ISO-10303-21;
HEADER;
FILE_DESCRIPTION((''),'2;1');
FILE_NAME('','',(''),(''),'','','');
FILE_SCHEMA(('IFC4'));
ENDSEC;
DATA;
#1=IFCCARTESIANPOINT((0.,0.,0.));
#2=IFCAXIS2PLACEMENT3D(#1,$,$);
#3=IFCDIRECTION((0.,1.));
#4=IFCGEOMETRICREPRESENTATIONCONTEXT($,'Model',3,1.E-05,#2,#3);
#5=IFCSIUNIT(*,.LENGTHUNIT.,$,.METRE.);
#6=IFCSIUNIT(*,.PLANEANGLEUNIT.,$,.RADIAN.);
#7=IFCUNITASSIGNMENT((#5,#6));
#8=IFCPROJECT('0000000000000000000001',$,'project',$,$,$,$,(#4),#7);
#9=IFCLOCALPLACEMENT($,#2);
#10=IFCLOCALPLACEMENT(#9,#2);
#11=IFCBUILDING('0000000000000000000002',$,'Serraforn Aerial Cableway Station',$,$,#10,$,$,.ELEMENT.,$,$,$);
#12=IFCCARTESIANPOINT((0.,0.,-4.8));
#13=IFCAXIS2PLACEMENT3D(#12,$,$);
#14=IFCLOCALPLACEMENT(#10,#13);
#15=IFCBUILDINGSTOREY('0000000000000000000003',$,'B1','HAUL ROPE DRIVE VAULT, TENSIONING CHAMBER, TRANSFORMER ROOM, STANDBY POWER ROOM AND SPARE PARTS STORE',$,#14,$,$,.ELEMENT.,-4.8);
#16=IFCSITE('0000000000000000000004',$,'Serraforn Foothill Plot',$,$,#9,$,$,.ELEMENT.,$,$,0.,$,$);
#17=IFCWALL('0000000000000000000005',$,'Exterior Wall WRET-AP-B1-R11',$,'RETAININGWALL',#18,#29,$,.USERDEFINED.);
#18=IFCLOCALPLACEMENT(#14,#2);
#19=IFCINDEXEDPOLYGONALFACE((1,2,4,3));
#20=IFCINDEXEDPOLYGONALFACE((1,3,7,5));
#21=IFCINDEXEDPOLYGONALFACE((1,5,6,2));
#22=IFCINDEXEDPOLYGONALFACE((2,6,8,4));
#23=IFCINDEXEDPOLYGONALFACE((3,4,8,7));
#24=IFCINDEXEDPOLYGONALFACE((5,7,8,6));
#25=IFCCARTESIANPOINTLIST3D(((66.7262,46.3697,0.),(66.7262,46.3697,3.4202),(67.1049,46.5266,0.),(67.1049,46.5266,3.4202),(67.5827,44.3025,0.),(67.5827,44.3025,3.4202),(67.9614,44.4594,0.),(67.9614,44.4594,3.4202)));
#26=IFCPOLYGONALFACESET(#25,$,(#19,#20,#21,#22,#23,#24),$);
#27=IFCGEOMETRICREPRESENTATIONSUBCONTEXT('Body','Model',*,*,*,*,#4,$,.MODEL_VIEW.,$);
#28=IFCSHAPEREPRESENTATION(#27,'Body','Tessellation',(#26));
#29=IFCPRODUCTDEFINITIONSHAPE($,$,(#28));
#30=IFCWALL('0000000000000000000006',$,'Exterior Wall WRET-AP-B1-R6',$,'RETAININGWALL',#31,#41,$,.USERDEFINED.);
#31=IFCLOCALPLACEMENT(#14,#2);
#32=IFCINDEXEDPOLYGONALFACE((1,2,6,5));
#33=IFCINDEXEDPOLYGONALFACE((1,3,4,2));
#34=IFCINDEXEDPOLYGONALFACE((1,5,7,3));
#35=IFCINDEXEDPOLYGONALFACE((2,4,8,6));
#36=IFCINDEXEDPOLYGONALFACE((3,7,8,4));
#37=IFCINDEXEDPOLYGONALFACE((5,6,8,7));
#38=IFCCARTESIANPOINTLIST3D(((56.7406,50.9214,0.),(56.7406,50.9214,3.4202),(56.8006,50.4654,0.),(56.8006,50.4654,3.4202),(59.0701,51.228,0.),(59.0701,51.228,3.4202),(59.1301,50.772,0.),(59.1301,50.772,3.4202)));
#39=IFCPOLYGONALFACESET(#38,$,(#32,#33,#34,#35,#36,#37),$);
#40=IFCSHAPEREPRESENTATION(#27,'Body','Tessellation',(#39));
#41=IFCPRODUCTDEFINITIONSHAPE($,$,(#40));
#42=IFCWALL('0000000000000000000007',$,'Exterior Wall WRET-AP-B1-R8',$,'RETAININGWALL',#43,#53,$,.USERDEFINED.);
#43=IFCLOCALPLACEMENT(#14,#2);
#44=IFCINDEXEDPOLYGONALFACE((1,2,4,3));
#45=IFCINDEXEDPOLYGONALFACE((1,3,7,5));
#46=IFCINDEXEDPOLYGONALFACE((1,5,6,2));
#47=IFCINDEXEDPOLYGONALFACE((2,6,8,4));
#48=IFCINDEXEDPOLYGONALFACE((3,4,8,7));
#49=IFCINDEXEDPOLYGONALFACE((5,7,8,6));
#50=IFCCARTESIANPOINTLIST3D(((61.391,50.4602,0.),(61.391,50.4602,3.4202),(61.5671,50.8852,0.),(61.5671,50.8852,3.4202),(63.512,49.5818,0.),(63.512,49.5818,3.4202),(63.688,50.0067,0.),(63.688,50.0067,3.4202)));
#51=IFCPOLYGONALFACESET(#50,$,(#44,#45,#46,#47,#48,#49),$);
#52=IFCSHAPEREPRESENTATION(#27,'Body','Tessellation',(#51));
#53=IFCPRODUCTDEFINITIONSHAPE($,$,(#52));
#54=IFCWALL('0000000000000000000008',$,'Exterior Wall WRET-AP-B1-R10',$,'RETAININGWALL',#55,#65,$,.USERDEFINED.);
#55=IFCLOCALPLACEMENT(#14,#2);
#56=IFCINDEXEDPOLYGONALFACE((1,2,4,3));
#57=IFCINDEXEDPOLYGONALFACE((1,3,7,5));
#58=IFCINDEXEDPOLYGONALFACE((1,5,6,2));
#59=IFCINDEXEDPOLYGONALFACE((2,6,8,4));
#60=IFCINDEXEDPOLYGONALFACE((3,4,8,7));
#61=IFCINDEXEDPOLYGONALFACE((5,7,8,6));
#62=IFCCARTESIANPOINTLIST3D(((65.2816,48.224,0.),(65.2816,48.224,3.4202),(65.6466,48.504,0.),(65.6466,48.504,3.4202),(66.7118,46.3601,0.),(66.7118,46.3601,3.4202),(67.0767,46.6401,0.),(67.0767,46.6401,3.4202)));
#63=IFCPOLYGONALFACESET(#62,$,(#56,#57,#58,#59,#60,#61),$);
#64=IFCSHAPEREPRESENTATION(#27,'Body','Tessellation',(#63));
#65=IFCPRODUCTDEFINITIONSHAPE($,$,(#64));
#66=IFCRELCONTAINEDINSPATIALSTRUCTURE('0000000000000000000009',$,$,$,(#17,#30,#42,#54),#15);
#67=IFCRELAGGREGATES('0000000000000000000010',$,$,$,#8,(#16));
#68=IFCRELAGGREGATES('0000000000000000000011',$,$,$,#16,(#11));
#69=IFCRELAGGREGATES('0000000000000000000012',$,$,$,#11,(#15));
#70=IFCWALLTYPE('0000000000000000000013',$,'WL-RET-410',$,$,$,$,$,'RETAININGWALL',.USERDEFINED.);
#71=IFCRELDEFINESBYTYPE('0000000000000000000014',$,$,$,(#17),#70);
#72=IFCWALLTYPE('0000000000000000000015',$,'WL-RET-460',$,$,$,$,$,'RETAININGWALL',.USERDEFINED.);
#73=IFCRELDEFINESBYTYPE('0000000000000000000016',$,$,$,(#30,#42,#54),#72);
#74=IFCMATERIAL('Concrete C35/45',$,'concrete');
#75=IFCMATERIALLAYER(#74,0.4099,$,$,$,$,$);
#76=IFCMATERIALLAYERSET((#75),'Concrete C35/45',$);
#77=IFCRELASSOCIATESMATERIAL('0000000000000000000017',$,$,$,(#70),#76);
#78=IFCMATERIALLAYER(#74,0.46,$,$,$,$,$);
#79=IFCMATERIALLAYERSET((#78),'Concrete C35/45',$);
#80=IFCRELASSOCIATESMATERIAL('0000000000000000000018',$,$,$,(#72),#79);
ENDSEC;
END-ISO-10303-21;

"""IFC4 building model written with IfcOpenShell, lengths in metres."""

from ifc_helpers import new_model, si_unit, direction, frame, frame_2d, origin, place, context, subcontext, project, spatial, rectangle, extrude, material, layer, layer_set, type_object, element, save


model = new_model("IFC4")

# Units and contexts
model_context = context("Model", 3, precision=1e-05, world=origin(), true_north=direction((0.0, 1.0)))
body_context = subcontext(model_context, "Body", "Model", "MODEL_VIEW")
ifc_project = project(units=[si_unit("LENGTHUNIT", "METRE"), si_unit("PLANEANGLEUNIT", "RADIAN")], contexts=[model_context])

# Site, building, storey
site_placement = place(None, origin())
site = spatial("IfcSite", under=ifc_project, at=site_placement, Name="Serraforn Foothill Plot", CompositionType="ELEMENT", RefElevation=0.0)
building_placement = place(site_placement, origin())
building = spatial("IfcBuilding", under=site, at=building_placement, Name="Serraforn Aerial Cableway Station", CompositionType="ELEMENT")
storey_placement = place(building_placement, frame((0.0, 0.0, -4.8)))
storey = spatial("IfcBuildingStorey", under=building, at=storey_placement, Name="B1", Description="HAUL ROPE DRIVE VAULT, TENSIONING CHAMBER, TRANSFORMER ROOM, STANDBY POWER ROOM AND SPARE PARTS STORE", CompositionType="ELEMENT", Elevation=-4.8)

# Shared definitions
ifc_material_1 = material(Name="Concrete C35/45", Category="concrete")

# Walls
ifc_layer_1 = layer(ifc_material_1, 0.4099)
ifc_layer_set_1 = layer_set([ifc_layer_1], Name="Concrete C35/45")
wall_type_1 = type_object("IfcWallType", Name="WL-RET-410", ElementType="RETAININGWALL", PredefinedType="USERDEFINED", material=ifc_layer_set_1)
wall_1_placement = place(storey_placement, frame((67.772, 44.3811, 0.0), z_axis=(0.0, 0.0, 1.0), x_axis=(-0.382763, 0.923847, 0.0)))
element("IfcWall", 1, at=wall_1_placement, inside=storey, type_object=wall_type_1, Name="Exterior Wall WRET-AP-B1-R11", ObjectType="RETAININGWALL", PredefinedType="USERDEFINED", context=body_context, shape_type="SweptSolid", body=[
    extrude(rectangle(XDim=2.2375, YDim=0.4099, at=frame_2d((1.1187, 0.0))), origin(), (0.0, 0.0, 1.0), 3.4202),
])
ifc_layer_2 = layer(ifc_material_1, 0.46)
ifc_layer_set_2 = layer_set([ifc_layer_2], Name="Concrete C35/45")
wall_type_2 = type_object("IfcWallType", Name="WL-RET-460", ElementType="RETAININGWALL", PredefinedType="USERDEFINED", material=ifc_layer_set_2)
wall_2_placement = place(storey_placement, frame((59.1001, 51.0, 0.0), z_axis=(0.0, 0.0, 1.0), x_axis=(-0.991448, -0.130503, 0.0)))
element("IfcWall", 2, at=wall_2_placement, inside=storey, type_object=wall_type_2, Name="Exterior Wall WRET-AP-B1-R6", ObjectType="RETAININGWALL", PredefinedType="USERDEFINED", context=body_context, shape_type="SweptSolid", body=[
    extrude(rectangle(XDim=2.3496, YDim=0.46, at=frame_2d((1.1748, 0.0))), origin(), (0.0, 0.0, 1.0), 3.4202),
])
wall_3_placement = place(storey_placement, frame((63.6001, 49.7942, 0.0), z_axis=(0.0, 0.0, 1.0), x_axis=(-0.92389, 0.382659, 0.0)))
element("IfcWall", 3, at=wall_3_placement, inside=storey, type_object=wall_type_2, Name="Exterior Wall WRET-AP-B1-R8", ObjectType="RETAININGWALL", PredefinedType="USERDEFINED", context=body_context, shape_type="SweptSolid", body=[
    extrude(rectangle(XDim=2.2957, YDim=0.46, at=frame_2d((1.1479, 0.0))), origin(), (0.0, 0.0, 1.0), 3.4202),
])
wall_4_placement = place(storey_placement, frame((66.8943, 46.5, 0.0), z_axis=(0.0, 0.0, 1.0), x_axis=(-0.608726, 0.793381, 0.0)))
element("IfcWall", 4, at=wall_4_placement, inside=storey, type_object=wall_type_2, Name="Exterior Wall WRET-AP-B1-R10", ObjectType="RETAININGWALL", PredefinedType="USERDEFINED", context=body_context, shape_type="SweptSolid", body=[
    extrude(rectangle(XDim=2.3494, YDim=0.46, at=frame_2d((1.1748, 0.0))), origin(), (0.0, 0.0, 1.0), 3.4202),
])

save(model, "model.ifc")
